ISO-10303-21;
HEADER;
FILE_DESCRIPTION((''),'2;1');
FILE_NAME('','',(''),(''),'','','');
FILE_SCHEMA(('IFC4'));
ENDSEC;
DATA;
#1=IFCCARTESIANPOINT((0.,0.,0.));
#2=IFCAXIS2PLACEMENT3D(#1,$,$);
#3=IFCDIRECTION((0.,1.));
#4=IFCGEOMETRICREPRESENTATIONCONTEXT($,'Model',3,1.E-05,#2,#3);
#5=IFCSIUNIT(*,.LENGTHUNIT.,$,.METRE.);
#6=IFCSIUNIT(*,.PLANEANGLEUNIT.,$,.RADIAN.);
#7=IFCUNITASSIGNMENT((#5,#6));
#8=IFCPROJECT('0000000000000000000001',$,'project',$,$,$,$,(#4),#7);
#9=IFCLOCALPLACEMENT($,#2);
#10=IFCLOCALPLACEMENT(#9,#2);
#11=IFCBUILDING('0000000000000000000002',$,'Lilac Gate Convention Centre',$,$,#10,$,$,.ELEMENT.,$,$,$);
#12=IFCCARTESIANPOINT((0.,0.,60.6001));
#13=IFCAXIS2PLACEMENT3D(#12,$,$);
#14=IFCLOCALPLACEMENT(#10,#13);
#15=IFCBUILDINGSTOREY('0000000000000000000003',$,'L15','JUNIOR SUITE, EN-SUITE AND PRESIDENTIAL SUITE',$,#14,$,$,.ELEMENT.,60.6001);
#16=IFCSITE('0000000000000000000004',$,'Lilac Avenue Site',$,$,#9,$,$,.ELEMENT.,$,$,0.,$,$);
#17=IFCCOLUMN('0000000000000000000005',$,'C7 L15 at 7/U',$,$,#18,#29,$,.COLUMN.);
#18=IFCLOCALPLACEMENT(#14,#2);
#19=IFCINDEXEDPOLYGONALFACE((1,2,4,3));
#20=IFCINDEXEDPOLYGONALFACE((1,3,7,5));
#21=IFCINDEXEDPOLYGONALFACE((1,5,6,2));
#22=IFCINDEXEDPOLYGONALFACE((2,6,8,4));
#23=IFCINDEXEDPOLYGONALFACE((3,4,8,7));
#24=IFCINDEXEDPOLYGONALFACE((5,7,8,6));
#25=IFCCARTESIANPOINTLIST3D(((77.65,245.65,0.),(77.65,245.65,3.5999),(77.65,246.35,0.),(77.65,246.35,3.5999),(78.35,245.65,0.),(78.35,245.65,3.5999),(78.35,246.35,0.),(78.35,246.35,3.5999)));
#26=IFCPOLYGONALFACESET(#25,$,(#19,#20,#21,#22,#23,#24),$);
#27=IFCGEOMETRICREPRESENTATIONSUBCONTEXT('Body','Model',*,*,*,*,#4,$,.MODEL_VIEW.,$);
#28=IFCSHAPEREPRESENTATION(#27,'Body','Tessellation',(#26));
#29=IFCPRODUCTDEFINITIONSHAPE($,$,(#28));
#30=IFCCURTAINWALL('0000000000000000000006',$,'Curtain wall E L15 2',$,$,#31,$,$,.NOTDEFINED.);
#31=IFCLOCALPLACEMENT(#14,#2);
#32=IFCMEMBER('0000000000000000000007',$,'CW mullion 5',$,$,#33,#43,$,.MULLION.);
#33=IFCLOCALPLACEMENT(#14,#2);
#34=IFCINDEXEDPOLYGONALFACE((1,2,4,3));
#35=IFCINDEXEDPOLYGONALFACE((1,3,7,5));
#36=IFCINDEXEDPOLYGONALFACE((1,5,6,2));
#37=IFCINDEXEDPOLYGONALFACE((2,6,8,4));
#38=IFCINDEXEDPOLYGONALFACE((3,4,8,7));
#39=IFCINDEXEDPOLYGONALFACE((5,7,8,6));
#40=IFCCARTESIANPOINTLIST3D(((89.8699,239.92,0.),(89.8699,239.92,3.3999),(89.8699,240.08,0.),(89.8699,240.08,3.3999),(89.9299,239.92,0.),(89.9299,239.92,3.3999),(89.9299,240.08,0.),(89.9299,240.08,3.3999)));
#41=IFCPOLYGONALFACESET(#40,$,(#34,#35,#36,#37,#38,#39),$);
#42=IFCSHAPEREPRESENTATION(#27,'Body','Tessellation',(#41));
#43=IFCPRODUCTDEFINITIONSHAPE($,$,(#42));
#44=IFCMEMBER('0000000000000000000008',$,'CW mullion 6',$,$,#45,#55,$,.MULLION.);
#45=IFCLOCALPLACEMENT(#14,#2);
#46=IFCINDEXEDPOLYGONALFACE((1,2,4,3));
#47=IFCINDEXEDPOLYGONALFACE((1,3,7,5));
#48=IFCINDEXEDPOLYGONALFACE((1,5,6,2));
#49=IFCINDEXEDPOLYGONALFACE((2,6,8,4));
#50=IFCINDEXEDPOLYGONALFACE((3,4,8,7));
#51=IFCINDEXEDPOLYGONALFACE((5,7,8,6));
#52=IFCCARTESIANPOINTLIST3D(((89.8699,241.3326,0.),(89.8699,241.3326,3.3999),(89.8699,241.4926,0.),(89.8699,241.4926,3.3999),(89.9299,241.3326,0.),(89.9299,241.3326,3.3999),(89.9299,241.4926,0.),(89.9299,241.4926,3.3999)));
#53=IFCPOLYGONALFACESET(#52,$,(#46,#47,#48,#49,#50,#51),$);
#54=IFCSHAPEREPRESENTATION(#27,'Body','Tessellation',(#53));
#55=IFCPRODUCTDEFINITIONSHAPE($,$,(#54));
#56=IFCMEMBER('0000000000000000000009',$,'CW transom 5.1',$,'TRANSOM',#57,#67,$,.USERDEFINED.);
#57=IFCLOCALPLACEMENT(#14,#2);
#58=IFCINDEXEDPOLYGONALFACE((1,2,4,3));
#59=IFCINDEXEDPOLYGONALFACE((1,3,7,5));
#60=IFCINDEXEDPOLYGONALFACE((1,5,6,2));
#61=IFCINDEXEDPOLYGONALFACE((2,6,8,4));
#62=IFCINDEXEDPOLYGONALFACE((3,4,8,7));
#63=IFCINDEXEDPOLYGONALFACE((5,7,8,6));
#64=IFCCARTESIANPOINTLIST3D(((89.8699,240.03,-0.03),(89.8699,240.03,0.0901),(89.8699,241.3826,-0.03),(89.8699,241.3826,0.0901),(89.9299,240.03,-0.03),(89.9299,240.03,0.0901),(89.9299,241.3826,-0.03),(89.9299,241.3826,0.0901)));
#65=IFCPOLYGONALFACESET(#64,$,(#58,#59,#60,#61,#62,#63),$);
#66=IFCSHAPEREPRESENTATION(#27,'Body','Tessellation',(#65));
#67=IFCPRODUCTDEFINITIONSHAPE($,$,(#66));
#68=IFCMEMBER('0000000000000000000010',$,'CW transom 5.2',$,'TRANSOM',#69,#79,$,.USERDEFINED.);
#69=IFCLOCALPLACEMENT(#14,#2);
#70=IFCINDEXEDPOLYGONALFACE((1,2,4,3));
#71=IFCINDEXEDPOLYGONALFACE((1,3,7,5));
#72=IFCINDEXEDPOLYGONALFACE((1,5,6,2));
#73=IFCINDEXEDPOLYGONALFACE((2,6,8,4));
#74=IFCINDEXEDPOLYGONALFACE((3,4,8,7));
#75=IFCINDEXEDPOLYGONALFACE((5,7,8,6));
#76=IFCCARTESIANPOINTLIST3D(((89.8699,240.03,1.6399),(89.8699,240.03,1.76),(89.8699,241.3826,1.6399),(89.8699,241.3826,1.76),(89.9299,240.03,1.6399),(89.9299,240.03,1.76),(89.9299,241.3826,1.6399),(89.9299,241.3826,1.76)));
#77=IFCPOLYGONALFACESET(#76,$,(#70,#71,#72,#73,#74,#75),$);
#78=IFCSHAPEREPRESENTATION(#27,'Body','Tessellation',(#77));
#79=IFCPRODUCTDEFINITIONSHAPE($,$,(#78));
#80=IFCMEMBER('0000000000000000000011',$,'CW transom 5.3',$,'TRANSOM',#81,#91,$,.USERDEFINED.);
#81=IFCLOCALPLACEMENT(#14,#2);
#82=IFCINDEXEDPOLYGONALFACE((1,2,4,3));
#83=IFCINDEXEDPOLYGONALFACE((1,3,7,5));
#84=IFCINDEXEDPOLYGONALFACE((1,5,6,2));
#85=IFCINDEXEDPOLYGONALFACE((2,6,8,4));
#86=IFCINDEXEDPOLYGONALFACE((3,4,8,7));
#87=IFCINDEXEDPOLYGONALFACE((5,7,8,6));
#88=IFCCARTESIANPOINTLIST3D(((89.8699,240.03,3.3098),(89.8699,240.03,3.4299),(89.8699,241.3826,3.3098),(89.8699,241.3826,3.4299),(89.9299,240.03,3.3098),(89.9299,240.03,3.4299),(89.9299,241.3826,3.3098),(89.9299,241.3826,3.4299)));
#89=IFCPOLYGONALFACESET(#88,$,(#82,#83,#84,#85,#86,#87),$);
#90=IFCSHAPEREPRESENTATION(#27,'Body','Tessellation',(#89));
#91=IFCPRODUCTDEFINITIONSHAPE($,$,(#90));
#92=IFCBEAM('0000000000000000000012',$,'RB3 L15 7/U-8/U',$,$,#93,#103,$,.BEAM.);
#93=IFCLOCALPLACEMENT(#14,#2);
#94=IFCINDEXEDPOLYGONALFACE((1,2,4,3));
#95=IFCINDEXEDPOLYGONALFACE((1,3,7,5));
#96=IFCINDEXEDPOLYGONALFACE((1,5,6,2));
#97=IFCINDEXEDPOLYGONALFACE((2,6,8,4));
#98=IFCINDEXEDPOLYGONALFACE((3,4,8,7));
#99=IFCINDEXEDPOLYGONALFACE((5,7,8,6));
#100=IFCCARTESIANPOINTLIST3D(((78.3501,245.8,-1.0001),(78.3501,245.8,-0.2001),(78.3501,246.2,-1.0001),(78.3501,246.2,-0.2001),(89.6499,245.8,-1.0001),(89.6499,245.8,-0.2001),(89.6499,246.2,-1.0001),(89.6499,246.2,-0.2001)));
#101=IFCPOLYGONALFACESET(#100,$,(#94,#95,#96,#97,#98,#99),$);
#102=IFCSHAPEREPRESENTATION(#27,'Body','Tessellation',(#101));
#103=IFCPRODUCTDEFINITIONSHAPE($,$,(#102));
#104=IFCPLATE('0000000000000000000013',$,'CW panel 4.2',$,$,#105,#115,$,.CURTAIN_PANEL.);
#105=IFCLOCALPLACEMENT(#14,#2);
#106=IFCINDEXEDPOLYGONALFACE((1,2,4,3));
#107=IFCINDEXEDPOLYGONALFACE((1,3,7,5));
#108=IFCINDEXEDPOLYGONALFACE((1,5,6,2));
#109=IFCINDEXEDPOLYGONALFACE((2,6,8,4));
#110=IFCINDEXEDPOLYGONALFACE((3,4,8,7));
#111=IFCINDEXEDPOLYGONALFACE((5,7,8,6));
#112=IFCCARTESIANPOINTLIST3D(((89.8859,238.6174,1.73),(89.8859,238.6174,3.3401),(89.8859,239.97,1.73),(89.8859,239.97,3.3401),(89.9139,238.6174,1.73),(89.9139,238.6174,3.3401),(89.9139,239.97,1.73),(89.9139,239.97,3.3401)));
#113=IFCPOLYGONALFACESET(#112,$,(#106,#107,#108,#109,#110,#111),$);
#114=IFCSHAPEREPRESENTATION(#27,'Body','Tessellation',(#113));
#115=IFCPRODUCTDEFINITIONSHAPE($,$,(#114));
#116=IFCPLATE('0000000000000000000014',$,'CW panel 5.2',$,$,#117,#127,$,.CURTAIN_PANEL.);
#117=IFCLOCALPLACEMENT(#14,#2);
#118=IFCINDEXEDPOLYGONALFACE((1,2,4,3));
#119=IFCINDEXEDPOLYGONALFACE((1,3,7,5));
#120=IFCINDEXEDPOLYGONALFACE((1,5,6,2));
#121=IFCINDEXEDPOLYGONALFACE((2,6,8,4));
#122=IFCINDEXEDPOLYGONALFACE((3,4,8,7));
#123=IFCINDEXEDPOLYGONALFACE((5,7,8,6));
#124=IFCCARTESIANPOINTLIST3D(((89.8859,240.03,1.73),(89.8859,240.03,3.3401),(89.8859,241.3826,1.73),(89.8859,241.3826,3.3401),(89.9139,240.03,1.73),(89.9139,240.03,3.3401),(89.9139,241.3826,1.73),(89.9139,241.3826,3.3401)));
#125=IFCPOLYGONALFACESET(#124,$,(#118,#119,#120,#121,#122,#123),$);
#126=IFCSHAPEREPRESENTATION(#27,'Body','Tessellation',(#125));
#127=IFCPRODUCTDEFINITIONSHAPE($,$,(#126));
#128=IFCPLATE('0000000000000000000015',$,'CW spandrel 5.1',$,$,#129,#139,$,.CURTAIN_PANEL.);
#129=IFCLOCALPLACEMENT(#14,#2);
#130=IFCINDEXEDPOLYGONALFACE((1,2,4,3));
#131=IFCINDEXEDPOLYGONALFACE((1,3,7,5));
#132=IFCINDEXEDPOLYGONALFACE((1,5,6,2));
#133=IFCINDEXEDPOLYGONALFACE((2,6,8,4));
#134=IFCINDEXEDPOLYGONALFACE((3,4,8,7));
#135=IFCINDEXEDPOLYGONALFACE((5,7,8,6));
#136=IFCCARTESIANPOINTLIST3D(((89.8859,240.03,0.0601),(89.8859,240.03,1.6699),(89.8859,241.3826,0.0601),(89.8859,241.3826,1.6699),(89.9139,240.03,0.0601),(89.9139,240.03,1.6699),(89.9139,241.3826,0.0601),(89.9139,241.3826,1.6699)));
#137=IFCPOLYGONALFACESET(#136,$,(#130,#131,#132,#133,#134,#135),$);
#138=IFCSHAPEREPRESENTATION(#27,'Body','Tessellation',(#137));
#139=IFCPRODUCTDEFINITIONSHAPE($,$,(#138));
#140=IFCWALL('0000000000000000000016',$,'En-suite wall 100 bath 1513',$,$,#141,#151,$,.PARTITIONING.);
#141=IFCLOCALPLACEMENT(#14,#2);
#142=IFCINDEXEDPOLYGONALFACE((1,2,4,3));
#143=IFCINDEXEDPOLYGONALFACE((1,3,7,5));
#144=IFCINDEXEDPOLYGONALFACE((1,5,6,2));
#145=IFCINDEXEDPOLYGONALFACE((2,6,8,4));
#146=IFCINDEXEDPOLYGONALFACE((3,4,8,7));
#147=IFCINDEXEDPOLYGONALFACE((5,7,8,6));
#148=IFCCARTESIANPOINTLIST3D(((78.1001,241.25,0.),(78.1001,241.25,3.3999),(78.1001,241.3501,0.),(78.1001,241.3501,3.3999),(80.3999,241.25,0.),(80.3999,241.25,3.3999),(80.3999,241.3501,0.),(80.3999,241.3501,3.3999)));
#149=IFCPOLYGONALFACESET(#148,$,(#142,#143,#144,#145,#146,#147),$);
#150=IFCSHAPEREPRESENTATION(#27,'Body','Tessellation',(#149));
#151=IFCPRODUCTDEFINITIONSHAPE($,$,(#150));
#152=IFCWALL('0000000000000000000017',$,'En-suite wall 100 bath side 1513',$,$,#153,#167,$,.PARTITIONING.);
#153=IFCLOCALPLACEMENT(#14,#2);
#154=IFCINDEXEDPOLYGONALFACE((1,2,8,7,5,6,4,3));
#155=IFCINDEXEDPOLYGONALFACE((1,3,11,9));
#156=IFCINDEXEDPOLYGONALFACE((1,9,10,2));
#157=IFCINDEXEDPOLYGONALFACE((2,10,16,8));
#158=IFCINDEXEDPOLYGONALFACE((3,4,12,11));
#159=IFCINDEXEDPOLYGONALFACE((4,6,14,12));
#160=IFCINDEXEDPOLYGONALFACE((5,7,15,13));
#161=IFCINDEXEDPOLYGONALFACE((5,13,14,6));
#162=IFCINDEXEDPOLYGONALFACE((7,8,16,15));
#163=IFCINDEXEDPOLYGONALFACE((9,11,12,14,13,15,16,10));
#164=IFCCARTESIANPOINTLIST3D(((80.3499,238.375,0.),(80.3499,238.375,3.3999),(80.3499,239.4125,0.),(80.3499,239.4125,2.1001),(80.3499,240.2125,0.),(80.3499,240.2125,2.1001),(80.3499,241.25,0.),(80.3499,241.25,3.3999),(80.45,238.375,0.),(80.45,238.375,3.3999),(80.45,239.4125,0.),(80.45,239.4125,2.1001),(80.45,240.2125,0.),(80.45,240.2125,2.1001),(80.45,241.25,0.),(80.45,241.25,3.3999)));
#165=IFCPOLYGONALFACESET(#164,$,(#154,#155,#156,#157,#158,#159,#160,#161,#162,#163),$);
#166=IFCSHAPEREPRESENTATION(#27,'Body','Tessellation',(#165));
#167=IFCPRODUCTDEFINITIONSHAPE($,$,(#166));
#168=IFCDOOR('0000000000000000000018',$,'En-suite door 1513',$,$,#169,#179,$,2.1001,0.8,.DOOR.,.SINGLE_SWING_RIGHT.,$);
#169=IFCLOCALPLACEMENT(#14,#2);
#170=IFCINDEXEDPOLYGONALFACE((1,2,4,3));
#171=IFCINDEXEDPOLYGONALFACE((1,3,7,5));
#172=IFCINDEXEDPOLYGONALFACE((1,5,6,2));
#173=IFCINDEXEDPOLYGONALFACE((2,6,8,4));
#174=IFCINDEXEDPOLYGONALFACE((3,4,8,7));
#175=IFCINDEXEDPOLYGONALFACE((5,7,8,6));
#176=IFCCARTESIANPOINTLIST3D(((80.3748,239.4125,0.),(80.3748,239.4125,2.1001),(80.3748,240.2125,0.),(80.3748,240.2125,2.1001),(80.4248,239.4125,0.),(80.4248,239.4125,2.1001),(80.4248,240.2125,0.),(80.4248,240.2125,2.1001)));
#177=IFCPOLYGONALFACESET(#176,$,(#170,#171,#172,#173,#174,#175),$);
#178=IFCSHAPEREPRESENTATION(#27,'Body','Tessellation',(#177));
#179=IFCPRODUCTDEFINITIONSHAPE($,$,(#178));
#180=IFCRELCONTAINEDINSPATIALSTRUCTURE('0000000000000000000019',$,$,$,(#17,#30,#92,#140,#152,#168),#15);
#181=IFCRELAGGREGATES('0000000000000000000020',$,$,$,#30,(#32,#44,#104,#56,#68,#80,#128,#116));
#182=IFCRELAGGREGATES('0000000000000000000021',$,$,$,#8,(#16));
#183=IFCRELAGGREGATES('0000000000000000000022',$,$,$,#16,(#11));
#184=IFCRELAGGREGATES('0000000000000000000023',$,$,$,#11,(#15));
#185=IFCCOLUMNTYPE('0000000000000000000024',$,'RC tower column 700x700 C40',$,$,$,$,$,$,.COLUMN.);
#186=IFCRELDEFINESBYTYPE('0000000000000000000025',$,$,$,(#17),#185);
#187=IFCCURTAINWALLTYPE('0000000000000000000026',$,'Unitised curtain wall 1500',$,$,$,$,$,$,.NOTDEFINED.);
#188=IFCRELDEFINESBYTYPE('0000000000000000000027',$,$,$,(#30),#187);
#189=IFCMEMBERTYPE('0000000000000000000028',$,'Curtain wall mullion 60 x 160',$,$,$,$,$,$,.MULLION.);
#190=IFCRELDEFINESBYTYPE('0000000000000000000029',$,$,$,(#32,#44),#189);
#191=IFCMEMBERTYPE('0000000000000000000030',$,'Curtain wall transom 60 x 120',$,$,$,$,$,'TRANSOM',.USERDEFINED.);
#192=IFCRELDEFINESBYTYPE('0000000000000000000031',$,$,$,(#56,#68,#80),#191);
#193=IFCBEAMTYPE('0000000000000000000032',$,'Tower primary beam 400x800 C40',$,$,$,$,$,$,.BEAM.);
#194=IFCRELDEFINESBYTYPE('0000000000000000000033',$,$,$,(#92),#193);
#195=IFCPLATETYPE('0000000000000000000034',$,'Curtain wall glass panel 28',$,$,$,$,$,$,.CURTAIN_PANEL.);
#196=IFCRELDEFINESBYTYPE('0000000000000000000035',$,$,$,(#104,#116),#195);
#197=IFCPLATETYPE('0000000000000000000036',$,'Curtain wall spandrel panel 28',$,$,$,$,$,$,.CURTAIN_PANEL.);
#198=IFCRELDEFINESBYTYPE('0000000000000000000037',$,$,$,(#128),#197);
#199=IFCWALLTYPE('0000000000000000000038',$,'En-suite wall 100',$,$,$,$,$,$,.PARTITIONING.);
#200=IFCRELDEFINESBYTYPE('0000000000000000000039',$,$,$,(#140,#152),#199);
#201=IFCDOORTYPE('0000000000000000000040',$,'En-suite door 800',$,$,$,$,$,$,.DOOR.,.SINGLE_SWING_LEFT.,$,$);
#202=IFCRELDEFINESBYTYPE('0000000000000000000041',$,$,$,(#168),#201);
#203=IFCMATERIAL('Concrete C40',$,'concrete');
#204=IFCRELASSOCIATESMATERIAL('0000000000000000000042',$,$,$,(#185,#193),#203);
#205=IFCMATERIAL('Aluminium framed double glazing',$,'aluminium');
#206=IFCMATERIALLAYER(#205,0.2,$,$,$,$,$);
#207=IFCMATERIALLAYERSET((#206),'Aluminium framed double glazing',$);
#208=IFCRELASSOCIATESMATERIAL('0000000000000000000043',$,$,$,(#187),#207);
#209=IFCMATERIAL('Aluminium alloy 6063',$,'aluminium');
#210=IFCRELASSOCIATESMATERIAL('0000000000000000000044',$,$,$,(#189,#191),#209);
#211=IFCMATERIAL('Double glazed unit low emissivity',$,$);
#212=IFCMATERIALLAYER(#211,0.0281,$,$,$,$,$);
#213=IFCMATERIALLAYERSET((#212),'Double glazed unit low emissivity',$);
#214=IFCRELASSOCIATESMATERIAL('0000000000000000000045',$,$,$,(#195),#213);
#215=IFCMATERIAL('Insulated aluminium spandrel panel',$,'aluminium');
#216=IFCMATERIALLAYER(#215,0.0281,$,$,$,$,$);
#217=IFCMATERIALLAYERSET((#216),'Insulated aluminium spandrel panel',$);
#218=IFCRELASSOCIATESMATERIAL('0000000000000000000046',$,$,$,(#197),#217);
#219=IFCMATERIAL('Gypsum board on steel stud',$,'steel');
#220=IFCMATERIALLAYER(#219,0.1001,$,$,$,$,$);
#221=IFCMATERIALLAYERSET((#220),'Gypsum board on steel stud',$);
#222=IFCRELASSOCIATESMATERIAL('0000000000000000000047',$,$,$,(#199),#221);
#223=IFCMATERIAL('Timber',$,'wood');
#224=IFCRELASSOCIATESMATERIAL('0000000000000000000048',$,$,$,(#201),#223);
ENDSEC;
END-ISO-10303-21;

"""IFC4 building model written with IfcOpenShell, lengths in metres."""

from ifc_helpers import new_model, si_unit, direction, frame, frame_2d, origin, origin_2d, place, context, subcontext, project, spatial, rectangle, extrude, material, layer, layer_set, material_profile, profile_set, type_object, element, fill, aggregate, save


model = new_model("IFC4")

# Units and contexts
model_context = context("Model", 3, precision=1e-05, world=origin(), true_north=direction((0.0, 1.0)))
body_context = subcontext(model_context, "Body", "Model", "MODEL_VIEW")
ifc_project = project(units=[si_unit("LENGTHUNIT", "METRE"), si_unit("PLANEANGLEUNIT", "RADIAN")], contexts=[model_context])

# Site, building, storey
site_placement = place(None, origin())
site = spatial("IfcSite", under=ifc_project, at=site_placement, Name="Lilac Avenue Site", CompositionType="ELEMENT", RefElevation=0.0)
building_placement = place(site_placement, origin())
building = spatial("IfcBuilding", under=site, at=building_placement, Name="Lilac Gate Convention Centre", CompositionType="ELEMENT")
storey_placement = place(building_placement, frame((0.0, 0.0, 60.6001)))
storey = spatial("IfcBuildingStorey", under=building, at=storey_placement, Name="L15", Description="JUNIOR SUITE, EN-SUITE AND PRESIDENTIAL SUITE", CompositionType="ELEMENT", Elevation=60.6001)

# Column
ifc_material_1 = material(Name="Concrete C40", Category="concrete")
ifc_material_profile_1 = material_profile(ifc_material_1, rectangle(XDim=0.7, YDim=0.7, at=origin_2d()), Name="RC 700x700")
ifc_profile_set_1 = profile_set([ifc_material_profile_1], Name="Concrete C40")
column_type = type_object("IfcColumnType", Name="RC tower column 700x700 C40", PredefinedType="COLUMN", material=ifc_profile_set_1)
column_placement = place(storey_placement, frame((78.0, 246.0, 0.0), z_axis=(0.0, 0.0, 1.0), x_axis=(1.0, 0.0, 0.0)))
element("IfcColumn", 1, at=column_placement, inside=storey, type_object=column_type, Name="C7 L15 at 7/U", PredefinedType="COLUMN", context=body_context, shape_type="SweptSolid", body=[
    extrude(rectangle(XDim=0.7, YDim=0.7, at=origin_2d()), origin(), (0.0, 0.0, 1.0), 3.5999),
])

# Curtain wall, members
ifc_material_2 = material(Name="Aluminium framed double glazing", Category="aluminium")
ifc_layer_1 = layer(ifc_material_2, 0.2)
ifc_layer_set_1 = layer_set([ifc_layer_1], Name="Aluminium framed double glazing")
curtain_wall_type = type_object("IfcCurtainWallType", Name="Unitised curtain wall 1500", PredefinedType="NOTDEFINED", material=ifc_layer_set_1)
curtain_wall_placement = place(storey_placement, origin())
curtain_wall = element("IfcCurtainWall", 2, at=curtain_wall_placement, inside=storey, type_object=curtain_wall_type, Name="Curtain wall E L15 2", PredefinedType="NOTDEFINED")
ifc_material_3 = material(Name="Aluminium alloy 6063", Category="aluminium")
ifc_material_profile_2 = material_profile(ifc_material_3, rectangle(XDim=0.0601, YDim=0.1599, at=origin_2d()), Name="Curtain wall mullion 60 x 160")
ifc_profile_set_2 = profile_set([ifc_material_profile_2], Name="Aluminium alloy 6063")
member_type_1 = type_object("IfcMemberType", Name="Curtain wall mullion 60 x 160", PredefinedType="MULLION", material=ifc_profile_set_2)
member_1_placement = place(storey_placement, frame((89.8999, 240.0, 0.0), z_axis=(0.0, 0.0, 1.0), x_axis=(-1.0, 0.0, 0.0)))
member_1 = element("IfcMember", 3, at=member_1_placement, type_object=member_type_1, Name="CW mullion 5", PredefinedType="MULLION", context=body_context, shape_type="SweptSolid", body=[
    extrude(rectangle(XDim=0.0601, YDim=0.1599, at=origin_2d()), origin(), (0.0, 0.0, 1.0), 3.3999),
])
member_2_placement = place(storey_placement, frame((89.8999, 241.4126, 0.0), z_axis=(0.0, 0.0, 1.0), x_axis=(-1.0, 0.0, 0.0)))
member_2 = element("IfcMember", 4, at=member_2_placement, type_object=member_type_1, Name="CW mullion 6", PredefinedType="MULLION", context=body_context, shape_type="SweptSolid", body=[
    extrude(rectangle(XDim=0.0601, YDim=0.1599, at=origin_2d()), origin(), (0.0, 0.0, 1.0), 3.3999),
])
ifc_material_profile_3 = material_profile(ifc_material_3, rectangle(XDim=0.0601, YDim=0.1201, at=origin_2d()), Name="Curtain wall transom 60 x 120")
ifc_profile_set_3 = profile_set([ifc_material_profile_3], Name="Aluminium alloy 6063")
member_type_2 = type_object("IfcMemberType", Name="Curtain wall transom 60 x 120", ElementType="TRANSOM", PredefinedType="USERDEFINED", material=ifc_profile_set_3)
member_3_placement = place(storey_placement, frame((89.8999, 240.03, 0.03), z_axis=(0.0, 1.0, 0.0), x_axis=(-1.0, 0.0, 0.0)))
member_3 = element("IfcMember", 5, at=member_3_placement, type_object=member_type_2, Name="CW transom 5.1", ObjectType="TRANSOM", PredefinedType="USERDEFINED", context=body_context, shape_type="SweptSolid", body=[
    extrude(rectangle(XDim=0.0601, YDim=0.1201, at=origin_2d()), origin(), (0.0, 0.0, 1.0), 1.3525),
])
member_4_placement = place(storey_placement, frame((89.8999, 240.03, 1.7), z_axis=(0.0, 1.0, 0.0), x_axis=(-1.0, 0.0, 0.0)))
member_4 = element("IfcMember", 6, at=member_4_placement, type_object=member_type_2, Name="CW transom 5.2", ObjectType="TRANSOM", PredefinedType="USERDEFINED", context=body_context, shape_type="SweptSolid", body=[
    extrude(rectangle(XDim=0.0601, YDim=0.1201, at=origin_2d()), origin(), (0.0, 0.0, 1.0), 1.3525),
])
member_5_placement = place(storey_placement, frame((89.8999, 240.03, 3.3699), z_axis=(0.0, 1.0, 0.0), x_axis=(-1.0, 0.0, 0.0)))
member_5 = element("IfcMember", 7, at=member_5_placement, type_object=member_type_2, Name="CW transom 5.3", ObjectType="TRANSOM", PredefinedType="USERDEFINED", context=body_context, shape_type="SweptSolid", body=[
    extrude(rectangle(XDim=0.0601, YDim=0.1201, at=origin_2d()), origin(), (0.0, 0.0, 1.0), 1.3525),
])

# Beam
ifc_material_profile_4 = material_profile(ifc_material_1, rectangle(XDim=0.3999, YDim=0.8, at=origin_2d()), Name="RC 400x800")
ifc_profile_set_4 = profile_set([ifc_material_profile_4], Name="Concrete C40")
beam_type = type_object("IfcBeamType", Name="Tower primary beam 400x800 C40", PredefinedType="BEAM", material=ifc_profile_set_4)
beam_placement = place(storey_placement, frame((78.3501, 246.0, -0.6001), z_axis=(1.0, 0.0, 0.0), x_axis=(0.0, 1.0, 0.0)))
element("IfcBeam", 8, at=beam_placement, inside=storey, type_object=beam_type, Name="RB3 L15 7/U-8/U", PredefinedType="BEAM", context=body_context, shape_type="SweptSolid", body=[
    extrude(rectangle(XDim=0.3999, YDim=0.8, at=origin_2d()), origin(), (0.0, 0.0, 1.0), 11.2998),
])

# Plates
ifc_material_4 = material(Name="Double glazed unit low emissivity")
ifc_layer_2 = layer(ifc_material_4, 0.0281)
ifc_layer_set_2 = layer_set([ifc_layer_2], Name="Double glazed unit low emissivity")
plate_type_1 = type_object("IfcPlateType", Name="Curtain wall glass panel 28", PredefinedType="CURTAIN_PANEL", material=ifc_layer_set_2)
plate_1_placement = place(storey_placement, frame((89.8999, 239.2937, 1.73), z_axis=(0.0, 0.0, 1.0), x_axis=(0.0, 1.0, 0.0)))
plate_1 = element("IfcPlate", 9, at=plate_1_placement, type_object=plate_type_1, Name="CW panel 4.2", PredefinedType="CURTAIN_PANEL", context=body_context, shape_type="SweptSolid", body=[
    extrude(rectangle(XDim=1.3525, YDim=0.0281, at=origin_2d()), origin(), (0.0, 0.0, 1.0), 1.6101),
])
plate_2_placement = place(storey_placement, frame((89.8999, 240.7063, 1.73), z_axis=(0.0, 0.0, 1.0), x_axis=(0.0, 1.0, 0.0)))
plate_2 = element("IfcPlate", 10, at=plate_2_placement, type_object=plate_type_1, Name="CW panel 5.2", PredefinedType="CURTAIN_PANEL", context=body_context, shape_type="SweptSolid", body=[
    extrude(rectangle(XDim=1.3525, YDim=0.0281, at=origin_2d()), origin(), (0.0, 0.0, 1.0), 1.6101),
])
ifc_material_5 = material(Name="Insulated aluminium spandrel panel", Category="aluminium")
ifc_layer_3 = layer(ifc_material_5, 0.0281)
ifc_layer_set_3 = layer_set([ifc_layer_3], Name="Insulated aluminium spandrel panel")
plate_type_2 = type_object("IfcPlateType", Name="Curtain wall spandrel panel 28", PredefinedType="CURTAIN_PANEL", material=ifc_layer_set_3)
plate_3_placement = place(storey_placement, frame((89.8999, 240.7063, 0.0601), z_axis=(0.0, 0.0, 1.0), x_axis=(0.0, 1.0, 0.0)))
plate_3 = element("IfcPlate", 11, at=plate_3_placement, type_object=plate_type_2, Name="CW spandrel 5.1", PredefinedType="CURTAIN_PANEL", context=body_context, shape_type="SweptSolid", body=[
    extrude(rectangle(XDim=1.3525, YDim=0.0281, at=origin_2d()), origin(), (0.0, 0.0, 1.0), 1.6099),
])
aggregate(curtain_wall, [member_1, member_2, plate_1, member_3, member_4, member_5, plate_3, plate_2])

# Wall
ifc_material_6 = material(Name="Gypsum board on steel stud", Category="steel")
ifc_layer_4 = layer(ifc_material_6, 0.1001)
ifc_layer_set_4 = layer_set([ifc_layer_4], Name="Gypsum board on steel stud")
wall_type_1 = type_object("IfcWallType", Name="En-suite wall 100", PredefinedType="PARTITIONING", material=ifc_layer_set_4)
wall_1_placement = place(storey_placement, frame((78.1001, 241.3, 0.0), z_axis=(0.0, 0.0, 1.0), x_axis=(1.0, 0.0, 0.0)))
element("IfcWall", 12, at=wall_1_placement, inside=storey, type_object=wall_type_1, Name="En-suite wall 100 bath 1513", PredefinedType="PARTITIONING", context=body_context, shape_type="SweptSolid", body=[
    extrude(rectangle(XDim=2.2998, YDim=0.1001, at=frame_2d((1.1499, 0.0))), origin(), (0.0, 0.0, 1.0), 3.3999),
])

# Wall, opening, door
wall_2_placement = place(storey_placement, frame((80.3999, 241.25, 0.0), z_axis=(0.0, 0.0, 1.0), x_axis=(0.0, -1.0, 0.0)))
wall_2 = element("IfcWall", 13, at=wall_2_placement, inside=storey, type_object=wall_type_1, Name="En-suite wall 100 bath side 1513", PredefinedType="PARTITIONING", context=body_context, shape_type="SweptSolid", body=[
    extrude(rectangle(XDim=2.875, YDim=0.1001, at=frame_2d((1.4375, 0.0))), origin(), (0.0, 0.0, 1.0), 3.3999),
])
opening_1_placement = place(wall_2_placement, frame((1.0376, 0.0, 0.0)))
opening_1 = element("IfcOpeningElement", 14, at=opening_1_placement, cuts=wall_2, PredefinedType="OPENING", context=body_context, shape_type="SweptSolid", body=[
    extrude(rectangle(XDim=0.8, YDim=2.1001, at=frame_2d((0.3999, 1.05))), frame((0.0, 0.0601, 0.0), z_axis=(0.0, -1.0, 0.0), x_axis=(1.0, 0.0, 0.0)), (0.0, 0.0, 1.0), 0.1201),
])
ifc_material_7 = material(Name="Timber", Category="wood")
door_type = type_object("IfcDoorType", Name="En-suite door 800", OperationType="SINGLE_SWING_LEFT", PredefinedType="DOOR", material=ifc_material_7)
door_placement = place(opening_1_placement, origin())
door = element("IfcDoor", 15, at=door_placement, inside=storey, type_object=door_type, Name="En-suite door 1513", OperationType="SINGLE_SWING_RIGHT", OverallHeight=2.1001, OverallWidth=0.8, PredefinedType="DOOR", context=body_context, shape_type="SweptSolid", body=[
    extrude(rectangle(XDim=0.8, YDim=2.1001, at=frame_2d((0.3999, 1.05))), frame((0.0, 0.0249, 0.0), z_axis=(0.0, -1.0, 0.0), x_axis=(1.0, 0.0, 0.0)), (0.0, 0.0, 1.0), 0.05),
])
fill(opening_1, door)

save(model, "model.ifc")
